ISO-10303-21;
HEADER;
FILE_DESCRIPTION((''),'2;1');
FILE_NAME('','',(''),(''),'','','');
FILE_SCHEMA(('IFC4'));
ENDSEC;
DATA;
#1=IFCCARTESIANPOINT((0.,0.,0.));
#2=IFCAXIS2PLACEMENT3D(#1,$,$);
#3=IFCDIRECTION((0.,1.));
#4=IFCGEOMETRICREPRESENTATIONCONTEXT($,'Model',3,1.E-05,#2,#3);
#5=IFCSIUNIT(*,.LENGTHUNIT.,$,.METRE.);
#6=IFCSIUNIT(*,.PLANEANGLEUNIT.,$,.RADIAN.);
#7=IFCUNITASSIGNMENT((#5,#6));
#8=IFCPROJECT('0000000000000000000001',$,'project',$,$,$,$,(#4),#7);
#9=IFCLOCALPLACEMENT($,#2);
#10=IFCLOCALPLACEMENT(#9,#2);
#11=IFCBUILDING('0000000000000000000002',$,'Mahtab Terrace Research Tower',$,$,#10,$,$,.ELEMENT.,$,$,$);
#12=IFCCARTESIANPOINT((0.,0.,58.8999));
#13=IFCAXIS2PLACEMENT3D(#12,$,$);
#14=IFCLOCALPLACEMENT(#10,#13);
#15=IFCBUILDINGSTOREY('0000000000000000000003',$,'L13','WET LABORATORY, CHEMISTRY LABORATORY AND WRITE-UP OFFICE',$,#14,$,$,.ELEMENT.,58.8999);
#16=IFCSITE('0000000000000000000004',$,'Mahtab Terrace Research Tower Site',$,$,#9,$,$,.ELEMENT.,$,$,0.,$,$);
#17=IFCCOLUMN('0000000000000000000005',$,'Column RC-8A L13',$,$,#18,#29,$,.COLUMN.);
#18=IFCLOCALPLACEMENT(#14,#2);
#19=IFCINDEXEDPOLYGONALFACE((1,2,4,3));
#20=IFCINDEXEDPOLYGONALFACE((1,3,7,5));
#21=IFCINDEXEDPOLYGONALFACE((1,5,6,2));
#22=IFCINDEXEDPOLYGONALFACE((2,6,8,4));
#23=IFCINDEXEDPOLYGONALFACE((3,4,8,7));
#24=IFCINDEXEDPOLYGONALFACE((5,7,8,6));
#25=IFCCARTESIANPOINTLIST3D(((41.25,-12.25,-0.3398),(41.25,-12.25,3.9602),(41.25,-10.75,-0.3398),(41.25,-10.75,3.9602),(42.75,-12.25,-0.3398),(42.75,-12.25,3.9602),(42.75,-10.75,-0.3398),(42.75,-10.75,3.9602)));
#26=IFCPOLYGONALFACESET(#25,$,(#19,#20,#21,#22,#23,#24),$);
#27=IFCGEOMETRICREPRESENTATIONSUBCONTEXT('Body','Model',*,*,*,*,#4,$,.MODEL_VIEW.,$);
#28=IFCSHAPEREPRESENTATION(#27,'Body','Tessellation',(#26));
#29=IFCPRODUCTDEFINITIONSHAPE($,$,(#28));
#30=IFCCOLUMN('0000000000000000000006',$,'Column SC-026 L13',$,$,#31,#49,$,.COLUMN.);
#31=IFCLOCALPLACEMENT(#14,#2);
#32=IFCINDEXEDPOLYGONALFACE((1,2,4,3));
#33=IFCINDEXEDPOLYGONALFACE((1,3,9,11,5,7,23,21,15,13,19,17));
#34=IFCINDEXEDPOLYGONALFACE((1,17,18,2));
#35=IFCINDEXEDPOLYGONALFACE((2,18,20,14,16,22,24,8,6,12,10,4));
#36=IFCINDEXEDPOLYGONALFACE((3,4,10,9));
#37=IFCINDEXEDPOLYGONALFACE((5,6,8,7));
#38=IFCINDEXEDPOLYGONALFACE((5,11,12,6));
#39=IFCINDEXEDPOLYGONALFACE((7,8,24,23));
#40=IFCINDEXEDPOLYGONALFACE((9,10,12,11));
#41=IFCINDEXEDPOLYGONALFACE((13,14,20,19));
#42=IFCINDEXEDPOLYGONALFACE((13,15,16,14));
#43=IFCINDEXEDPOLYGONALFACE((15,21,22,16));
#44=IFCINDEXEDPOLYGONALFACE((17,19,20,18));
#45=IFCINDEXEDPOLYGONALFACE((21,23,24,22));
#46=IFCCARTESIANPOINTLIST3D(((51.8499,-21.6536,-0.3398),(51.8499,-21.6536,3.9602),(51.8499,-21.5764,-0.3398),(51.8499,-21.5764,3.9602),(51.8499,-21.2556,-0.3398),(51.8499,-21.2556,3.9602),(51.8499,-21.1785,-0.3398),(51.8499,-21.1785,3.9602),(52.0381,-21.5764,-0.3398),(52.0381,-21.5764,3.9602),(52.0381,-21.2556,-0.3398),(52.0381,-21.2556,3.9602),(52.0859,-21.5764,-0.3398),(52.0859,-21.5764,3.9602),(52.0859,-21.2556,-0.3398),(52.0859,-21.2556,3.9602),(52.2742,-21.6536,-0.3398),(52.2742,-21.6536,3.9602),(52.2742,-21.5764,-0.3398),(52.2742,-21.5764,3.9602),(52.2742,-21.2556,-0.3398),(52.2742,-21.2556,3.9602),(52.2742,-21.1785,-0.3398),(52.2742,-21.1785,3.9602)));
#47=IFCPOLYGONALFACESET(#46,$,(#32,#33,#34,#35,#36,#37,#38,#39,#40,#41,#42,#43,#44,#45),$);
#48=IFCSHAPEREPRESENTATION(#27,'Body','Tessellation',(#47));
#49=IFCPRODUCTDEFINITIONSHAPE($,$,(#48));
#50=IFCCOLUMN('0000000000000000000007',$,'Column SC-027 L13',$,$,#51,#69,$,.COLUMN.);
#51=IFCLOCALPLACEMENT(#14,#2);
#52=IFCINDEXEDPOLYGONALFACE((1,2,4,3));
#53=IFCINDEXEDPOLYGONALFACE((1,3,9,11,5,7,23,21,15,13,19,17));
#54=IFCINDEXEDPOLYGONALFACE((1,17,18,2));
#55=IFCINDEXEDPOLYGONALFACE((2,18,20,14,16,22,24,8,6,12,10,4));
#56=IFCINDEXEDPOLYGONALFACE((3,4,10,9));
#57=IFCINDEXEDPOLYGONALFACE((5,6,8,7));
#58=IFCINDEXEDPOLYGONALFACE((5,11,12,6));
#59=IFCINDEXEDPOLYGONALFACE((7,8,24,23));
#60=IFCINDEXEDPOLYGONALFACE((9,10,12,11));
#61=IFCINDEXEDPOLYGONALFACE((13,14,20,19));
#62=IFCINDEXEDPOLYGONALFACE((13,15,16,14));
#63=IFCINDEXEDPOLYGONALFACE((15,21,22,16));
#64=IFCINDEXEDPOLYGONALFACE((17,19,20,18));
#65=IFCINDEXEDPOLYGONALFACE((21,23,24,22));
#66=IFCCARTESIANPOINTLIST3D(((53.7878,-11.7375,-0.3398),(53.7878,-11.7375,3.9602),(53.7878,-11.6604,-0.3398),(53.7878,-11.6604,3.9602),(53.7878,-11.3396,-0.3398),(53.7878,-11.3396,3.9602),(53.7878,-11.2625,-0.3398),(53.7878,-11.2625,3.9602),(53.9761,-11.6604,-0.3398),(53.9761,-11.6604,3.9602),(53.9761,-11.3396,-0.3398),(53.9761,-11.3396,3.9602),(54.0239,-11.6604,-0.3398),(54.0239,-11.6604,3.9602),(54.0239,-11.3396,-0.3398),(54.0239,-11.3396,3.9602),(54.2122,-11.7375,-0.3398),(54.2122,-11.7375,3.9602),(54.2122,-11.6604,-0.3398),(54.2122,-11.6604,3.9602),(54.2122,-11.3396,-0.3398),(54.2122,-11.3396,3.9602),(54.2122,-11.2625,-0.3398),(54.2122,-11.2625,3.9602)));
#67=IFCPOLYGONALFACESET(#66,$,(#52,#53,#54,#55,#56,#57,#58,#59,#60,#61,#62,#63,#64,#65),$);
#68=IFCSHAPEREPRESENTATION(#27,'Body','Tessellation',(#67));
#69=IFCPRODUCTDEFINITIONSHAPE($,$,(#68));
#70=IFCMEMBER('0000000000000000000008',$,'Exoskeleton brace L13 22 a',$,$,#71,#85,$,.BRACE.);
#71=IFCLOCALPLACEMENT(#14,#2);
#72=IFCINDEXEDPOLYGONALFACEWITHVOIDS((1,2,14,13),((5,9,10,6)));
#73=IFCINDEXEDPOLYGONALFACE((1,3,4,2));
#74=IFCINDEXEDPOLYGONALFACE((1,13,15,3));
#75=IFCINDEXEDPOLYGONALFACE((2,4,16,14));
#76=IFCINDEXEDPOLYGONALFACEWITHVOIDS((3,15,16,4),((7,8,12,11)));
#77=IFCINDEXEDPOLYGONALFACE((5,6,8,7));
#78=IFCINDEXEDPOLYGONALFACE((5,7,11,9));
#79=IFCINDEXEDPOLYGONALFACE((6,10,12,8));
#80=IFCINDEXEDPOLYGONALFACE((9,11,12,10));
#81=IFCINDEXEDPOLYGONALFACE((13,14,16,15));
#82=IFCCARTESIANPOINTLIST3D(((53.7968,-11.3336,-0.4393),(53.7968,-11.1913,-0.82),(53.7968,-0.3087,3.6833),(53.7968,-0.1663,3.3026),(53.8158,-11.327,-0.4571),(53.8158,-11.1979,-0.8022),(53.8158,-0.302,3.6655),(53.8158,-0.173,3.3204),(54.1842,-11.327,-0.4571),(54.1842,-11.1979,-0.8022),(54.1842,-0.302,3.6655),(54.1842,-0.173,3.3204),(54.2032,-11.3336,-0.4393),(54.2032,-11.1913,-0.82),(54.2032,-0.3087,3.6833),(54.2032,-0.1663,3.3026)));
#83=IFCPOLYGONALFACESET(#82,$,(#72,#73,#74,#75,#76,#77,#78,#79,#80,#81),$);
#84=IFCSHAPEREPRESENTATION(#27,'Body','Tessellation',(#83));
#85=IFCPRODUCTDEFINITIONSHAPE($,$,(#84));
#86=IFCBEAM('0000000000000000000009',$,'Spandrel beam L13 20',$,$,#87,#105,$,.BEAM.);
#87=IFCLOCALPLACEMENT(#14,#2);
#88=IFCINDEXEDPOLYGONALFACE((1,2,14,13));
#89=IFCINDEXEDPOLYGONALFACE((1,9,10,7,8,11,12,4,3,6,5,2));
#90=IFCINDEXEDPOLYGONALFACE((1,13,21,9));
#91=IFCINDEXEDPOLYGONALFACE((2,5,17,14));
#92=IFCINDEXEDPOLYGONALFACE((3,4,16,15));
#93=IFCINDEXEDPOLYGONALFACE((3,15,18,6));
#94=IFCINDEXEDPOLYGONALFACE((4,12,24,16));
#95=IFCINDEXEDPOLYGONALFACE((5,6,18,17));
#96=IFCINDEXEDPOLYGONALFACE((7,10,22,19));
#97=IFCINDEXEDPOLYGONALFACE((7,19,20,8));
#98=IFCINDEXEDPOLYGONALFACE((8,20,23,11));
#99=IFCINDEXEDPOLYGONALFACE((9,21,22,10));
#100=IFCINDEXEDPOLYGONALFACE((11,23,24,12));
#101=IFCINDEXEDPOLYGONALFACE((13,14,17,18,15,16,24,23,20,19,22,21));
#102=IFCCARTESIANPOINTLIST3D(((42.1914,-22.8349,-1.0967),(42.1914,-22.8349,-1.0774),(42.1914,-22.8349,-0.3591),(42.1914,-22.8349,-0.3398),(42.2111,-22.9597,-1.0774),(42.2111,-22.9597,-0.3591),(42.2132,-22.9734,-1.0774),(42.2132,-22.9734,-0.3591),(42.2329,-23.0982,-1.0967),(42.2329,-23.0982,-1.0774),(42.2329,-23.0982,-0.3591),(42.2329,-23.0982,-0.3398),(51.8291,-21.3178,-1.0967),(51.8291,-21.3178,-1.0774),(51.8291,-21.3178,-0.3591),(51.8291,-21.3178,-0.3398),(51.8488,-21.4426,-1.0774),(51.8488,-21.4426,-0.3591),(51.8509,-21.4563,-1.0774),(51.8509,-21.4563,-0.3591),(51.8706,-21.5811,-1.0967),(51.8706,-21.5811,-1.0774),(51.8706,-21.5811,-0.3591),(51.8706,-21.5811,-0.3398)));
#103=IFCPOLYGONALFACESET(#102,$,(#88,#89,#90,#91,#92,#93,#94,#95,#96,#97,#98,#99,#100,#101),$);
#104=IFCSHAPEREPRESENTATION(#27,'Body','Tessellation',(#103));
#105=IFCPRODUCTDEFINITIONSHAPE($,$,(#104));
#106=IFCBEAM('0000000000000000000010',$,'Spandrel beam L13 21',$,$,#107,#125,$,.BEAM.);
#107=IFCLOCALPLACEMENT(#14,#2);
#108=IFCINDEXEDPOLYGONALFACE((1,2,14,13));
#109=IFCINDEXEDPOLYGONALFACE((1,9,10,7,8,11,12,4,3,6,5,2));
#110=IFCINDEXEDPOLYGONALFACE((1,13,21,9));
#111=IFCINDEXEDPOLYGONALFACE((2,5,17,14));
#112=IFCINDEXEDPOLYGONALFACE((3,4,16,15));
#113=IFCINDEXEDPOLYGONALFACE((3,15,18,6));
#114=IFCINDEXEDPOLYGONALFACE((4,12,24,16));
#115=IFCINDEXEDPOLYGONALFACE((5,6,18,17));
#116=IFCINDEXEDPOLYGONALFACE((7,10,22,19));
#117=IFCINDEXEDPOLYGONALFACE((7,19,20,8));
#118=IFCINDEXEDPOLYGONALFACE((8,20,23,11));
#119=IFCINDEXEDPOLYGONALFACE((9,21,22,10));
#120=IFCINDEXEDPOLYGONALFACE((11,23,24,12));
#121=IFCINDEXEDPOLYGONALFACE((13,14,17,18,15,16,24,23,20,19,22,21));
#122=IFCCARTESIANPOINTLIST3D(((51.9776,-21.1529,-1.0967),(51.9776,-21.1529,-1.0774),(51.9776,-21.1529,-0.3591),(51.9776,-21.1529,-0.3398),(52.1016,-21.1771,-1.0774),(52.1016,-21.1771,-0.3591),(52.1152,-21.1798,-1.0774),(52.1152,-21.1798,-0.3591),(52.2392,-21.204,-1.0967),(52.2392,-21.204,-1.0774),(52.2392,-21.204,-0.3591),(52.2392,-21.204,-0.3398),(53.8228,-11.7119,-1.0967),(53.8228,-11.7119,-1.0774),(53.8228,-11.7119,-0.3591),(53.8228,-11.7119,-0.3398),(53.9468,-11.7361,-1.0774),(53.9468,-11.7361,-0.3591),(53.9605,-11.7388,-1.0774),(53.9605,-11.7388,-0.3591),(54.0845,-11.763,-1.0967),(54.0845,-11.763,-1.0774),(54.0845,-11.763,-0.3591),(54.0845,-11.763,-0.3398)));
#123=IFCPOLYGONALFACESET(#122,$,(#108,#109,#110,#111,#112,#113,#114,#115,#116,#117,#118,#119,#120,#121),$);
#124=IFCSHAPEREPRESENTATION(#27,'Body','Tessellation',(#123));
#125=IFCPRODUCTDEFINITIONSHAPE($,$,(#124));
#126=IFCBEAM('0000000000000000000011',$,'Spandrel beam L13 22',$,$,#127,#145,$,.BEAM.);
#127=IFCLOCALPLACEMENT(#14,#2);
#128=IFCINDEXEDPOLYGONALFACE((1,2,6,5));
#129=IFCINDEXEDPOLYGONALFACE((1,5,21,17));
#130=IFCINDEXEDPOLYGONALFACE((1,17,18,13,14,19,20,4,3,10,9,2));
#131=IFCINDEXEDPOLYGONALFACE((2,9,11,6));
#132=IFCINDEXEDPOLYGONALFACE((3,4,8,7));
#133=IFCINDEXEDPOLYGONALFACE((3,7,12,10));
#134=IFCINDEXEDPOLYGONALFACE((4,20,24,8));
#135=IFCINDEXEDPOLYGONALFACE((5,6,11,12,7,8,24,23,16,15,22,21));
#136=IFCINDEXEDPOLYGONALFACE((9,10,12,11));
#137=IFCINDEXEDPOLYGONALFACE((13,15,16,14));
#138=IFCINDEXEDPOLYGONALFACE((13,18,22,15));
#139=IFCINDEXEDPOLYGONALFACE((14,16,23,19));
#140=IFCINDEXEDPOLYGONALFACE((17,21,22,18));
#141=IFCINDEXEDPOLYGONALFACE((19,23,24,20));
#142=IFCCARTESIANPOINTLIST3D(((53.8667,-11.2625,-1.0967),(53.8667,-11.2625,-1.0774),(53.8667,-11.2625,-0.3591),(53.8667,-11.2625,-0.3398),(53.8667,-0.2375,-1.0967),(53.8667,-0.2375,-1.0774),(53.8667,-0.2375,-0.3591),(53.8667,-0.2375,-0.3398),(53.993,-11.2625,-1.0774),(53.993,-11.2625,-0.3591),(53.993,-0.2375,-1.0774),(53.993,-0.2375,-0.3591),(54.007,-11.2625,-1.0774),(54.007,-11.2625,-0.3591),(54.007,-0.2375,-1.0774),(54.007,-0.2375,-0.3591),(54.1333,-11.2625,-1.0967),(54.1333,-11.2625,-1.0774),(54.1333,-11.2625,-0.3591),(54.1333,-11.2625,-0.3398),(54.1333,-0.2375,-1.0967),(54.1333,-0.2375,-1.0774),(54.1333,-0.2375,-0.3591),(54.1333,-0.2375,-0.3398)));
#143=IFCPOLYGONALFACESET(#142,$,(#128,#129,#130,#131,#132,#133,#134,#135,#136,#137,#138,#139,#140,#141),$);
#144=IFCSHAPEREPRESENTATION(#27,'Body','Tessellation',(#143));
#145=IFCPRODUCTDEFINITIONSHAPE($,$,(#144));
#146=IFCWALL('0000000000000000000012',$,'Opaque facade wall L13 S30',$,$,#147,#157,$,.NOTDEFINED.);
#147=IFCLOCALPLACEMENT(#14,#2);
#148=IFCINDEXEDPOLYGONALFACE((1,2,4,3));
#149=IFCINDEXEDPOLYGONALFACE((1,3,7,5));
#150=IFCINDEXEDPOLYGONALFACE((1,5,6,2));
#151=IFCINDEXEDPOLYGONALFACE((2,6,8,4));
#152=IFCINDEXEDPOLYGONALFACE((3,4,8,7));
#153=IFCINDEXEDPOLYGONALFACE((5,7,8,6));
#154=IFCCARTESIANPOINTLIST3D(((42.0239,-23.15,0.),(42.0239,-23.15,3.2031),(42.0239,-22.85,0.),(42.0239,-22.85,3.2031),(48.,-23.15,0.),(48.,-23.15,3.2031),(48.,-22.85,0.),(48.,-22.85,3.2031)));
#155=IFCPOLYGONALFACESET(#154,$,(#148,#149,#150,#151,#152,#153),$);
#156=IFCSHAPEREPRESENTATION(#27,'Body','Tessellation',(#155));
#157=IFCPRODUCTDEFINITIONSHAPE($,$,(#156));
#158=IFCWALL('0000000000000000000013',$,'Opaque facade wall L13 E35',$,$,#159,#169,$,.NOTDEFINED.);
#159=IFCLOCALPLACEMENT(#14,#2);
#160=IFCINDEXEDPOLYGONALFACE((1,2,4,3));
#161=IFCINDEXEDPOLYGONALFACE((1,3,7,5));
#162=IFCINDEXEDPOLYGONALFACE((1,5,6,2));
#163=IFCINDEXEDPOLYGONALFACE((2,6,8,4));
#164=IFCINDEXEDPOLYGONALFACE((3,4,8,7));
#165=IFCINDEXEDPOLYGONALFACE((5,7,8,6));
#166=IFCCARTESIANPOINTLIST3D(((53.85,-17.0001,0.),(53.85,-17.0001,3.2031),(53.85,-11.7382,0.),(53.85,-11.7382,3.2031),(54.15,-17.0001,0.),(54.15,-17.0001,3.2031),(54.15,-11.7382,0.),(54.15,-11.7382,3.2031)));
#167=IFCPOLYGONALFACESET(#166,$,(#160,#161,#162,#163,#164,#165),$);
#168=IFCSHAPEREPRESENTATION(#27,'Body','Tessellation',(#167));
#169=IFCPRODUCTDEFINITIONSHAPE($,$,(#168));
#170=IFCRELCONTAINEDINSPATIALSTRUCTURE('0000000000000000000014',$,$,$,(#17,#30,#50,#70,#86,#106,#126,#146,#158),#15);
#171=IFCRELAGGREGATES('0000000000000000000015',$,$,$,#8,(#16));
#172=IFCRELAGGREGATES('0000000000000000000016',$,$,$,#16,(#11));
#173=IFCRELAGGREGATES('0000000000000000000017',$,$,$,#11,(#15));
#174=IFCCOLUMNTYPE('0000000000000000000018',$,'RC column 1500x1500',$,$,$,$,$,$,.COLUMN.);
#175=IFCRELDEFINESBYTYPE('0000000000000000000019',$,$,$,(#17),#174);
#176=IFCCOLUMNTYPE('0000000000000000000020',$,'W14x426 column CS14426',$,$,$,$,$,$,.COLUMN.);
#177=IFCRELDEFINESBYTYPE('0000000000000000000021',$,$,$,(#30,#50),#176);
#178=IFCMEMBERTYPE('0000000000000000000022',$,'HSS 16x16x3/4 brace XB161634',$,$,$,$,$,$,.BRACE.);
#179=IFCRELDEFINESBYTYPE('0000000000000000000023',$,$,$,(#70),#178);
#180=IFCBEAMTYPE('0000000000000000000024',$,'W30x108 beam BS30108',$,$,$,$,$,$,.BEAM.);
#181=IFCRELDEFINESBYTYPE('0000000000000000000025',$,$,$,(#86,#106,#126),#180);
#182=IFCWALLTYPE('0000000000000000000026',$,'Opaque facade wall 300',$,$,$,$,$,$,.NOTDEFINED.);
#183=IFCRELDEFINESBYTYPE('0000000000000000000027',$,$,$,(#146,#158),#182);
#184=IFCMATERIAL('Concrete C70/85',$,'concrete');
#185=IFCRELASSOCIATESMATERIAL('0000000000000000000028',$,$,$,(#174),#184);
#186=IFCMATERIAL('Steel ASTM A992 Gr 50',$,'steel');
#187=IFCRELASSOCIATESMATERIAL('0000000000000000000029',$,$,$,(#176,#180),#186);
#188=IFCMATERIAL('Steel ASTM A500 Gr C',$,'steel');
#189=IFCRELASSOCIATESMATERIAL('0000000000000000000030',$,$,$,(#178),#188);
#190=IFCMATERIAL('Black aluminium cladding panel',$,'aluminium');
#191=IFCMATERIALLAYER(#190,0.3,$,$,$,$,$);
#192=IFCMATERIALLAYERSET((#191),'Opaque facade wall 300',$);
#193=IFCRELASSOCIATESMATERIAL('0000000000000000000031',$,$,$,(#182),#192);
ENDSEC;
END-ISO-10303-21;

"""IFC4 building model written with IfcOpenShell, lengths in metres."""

from ifc_helpers import new_model, si_unit, direction, frame, frame_2d, origin, origin_2d, place, context, subcontext, project, spatial, rectangle, hollow_rectangle, i_section, extrude, material, layer, layer_set, material_profile, profile_set, type_object, element, save


model = new_model("IFC4")

# Units and contexts
model_context = context("Model", 3, precision=1e-05, world=origin(), true_north=direction((0.0, 1.0)))
body_context = subcontext(model_context, "Body", "Model", "MODEL_VIEW")
ifc_project = project(units=[si_unit("LENGTHUNIT", "METRE"), si_unit("PLANEANGLEUNIT", "RADIAN")], contexts=[model_context])

# Site, building, storey
site_placement = place(None, origin())
site = spatial("IfcSite", under=ifc_project, at=site_placement, Name="Mahtab Terrace Research Tower Site", CompositionType="ELEMENT", RefElevation=0.0)
building_placement = place(site_placement, origin())
building = spatial("IfcBuilding", under=site, at=building_placement, Name="Mahtab Terrace Research Tower", CompositionType="ELEMENT")
storey_placement = place(building_placement, frame((0.0, 0.0, 58.8999)))
storey = spatial("IfcBuildingStorey", under=building, at=storey_placement, Name="L13", Description="WET LABORATORY, CHEMISTRY LABORATORY AND WRITE-UP OFFICE", CompositionType="ELEMENT", Elevation=58.8999)

# Columns
ifc_material_1 = material(Name="Concrete C70/85", Category="concrete")
ifc_material_profile_1 = material_profile(ifc_material_1, rectangle(XDim=1.5, YDim=1.5, at=origin_2d()), Name="RC column 1500x1500")
ifc_profile_set_1 = profile_set([ifc_material_profile_1], Name="Concrete C70/85")
column_type_1 = type_object("IfcColumnType", Name="RC column 1500x1500", PredefinedType="COLUMN", material=ifc_profile_set_1)
column_placement = place(storey_placement, frame((42.0, -11.5, -0.3398), z_axis=(0.0, 0.0, 1.0), x_axis=(1.0, 0.0, 0.0)))
element("IfcColumn", 1, at=column_placement, inside=storey, type_object=column_type_1, Name="Column RC-8A L13", PredefinedType="COLUMN", context=body_context, shape_type="SweptSolid", body=[
    extrude(rectangle(XDim=1.5, YDim=1.5, at=origin_2d()), origin(), (0.0, 0.0, 1.0), 4.3),
])
ifc_material_2 = material(Name="Steel ASTM A992 Gr 50", Category="steel")
ifc_material_profile_2 = material_profile(ifc_material_2, i_section(OverallWidth=0.4243, OverallDepth=0.4751, WebThickness=0.0479, FlangeThickness=0.0771, at=origin_2d()), Name="W14X426")
ifc_profile_set_2 = profile_set([ifc_material_profile_2], Name="Steel ASTM A992 Gr 50")
column_type_2 = type_object("IfcColumnType", Name="W14x426 column CS14426", PredefinedType="COLUMN", material=ifc_profile_set_2)
for number, where, z_axis, x_axis, name in (
    (2, (52.062, -21.416, -0.3398), (0.0, 0.0, 1.0), (1.0, 0.0, 0.0), "Column SC-026 L13"),
    (3, (54.0, -11.5, -0.3398), (0.0, 0.0, 1.0), (1.0, 0.0, 0.0), "Column SC-027 L13"),
):
    element("IfcColumn", number, at=place(storey_placement, frame(where, z_axis=z_axis, x_axis=x_axis)), inside=storey, type_object=column_type_2, Name=name, PredefinedType="COLUMN", context=body_context, shape_type="SweptSolid", body=[
        extrude(i_section(OverallWidth=0.4243, OverallDepth=0.4751, WebThickness=0.0479, FlangeThickness=0.0771, at=origin_2d()), origin(), (0.0, 0.0, 1.0), 4.3),
    ])

# Member
ifc_material_3 = material(Name="Steel ASTM A500 Gr C", Category="steel")
ifc_material_profile_3 = material_profile(ifc_material_3, hollow_rectangle(XDim=0.4065, YDim=0.4065, WallThickness=0.019, at=origin_2d()), Name="HSS16X16X3/4")
ifc_profile_set_3 = profile_set([ifc_material_profile_3], Name="Steel ASTM A500 Gr C")
member_type = type_object("IfcMemberType", Name="HSS 16x16x3/4 brace XB161634", PredefinedType="BRACE", material=ifc_profile_set_3)
member_placement = place(storey_placement, frame((54.0, -11.2625, -0.6296), z_axis=(0.0, 0.936658, 0.350246), x_axis=(-1.0, 0.0, 0.0)))
element("IfcMember", 4, at=member_placement, inside=storey, type_object=member_type, Name="Exoskeleton brace L13 22 a", PredefinedType="BRACE", context=body_context, shape_type="SweptSolid", body=[
    extrude(hollow_rectangle(XDim=0.4065, YDim=0.4065, WallThickness=0.019, at=origin_2d()), origin(), (0.0, 0.0, 1.0), 11.7705),
])

# Beams
ifc_material_profile_4 = material_profile(ifc_material_2, i_section(OverallWidth=0.2666, OverallDepth=0.7568, WebThickness=0.0139, FlangeThickness=0.0193, at=origin_2d()), Name="W30X108")
ifc_profile_set_4 = profile_set([ifc_material_profile_4], Name="Steel ASTM A992 Gr 50")
beam_type = type_object("IfcBeamType", Name="W30x108 beam BS30108", PredefinedType="BEAM", material=ifc_profile_set_4)
beam_1_placement = place(storey_placement, frame((42.2122, -22.9666, -0.7183), z_axis=(0.987836, 0.155497, 0.0), x_axis=(-0.155497, 0.987836, 0.0)))
element("IfcBeam", 5, at=beam_1_placement, inside=storey, type_object=beam_type, Name="Spandrel beam L13 20", PredefinedType="BEAM", context=body_context, shape_type="SweptSolid", body=[
    extrude(i_section(OverallWidth=0.2666, OverallDepth=0.7568, WebThickness=0.0139, FlangeThickness=0.0193, at=origin_2d()), origin(), (0.0, 0.0, 1.0), 9.7563),
])
beam_2_placement = place(storey_placement, frame((52.1084, -21.1785, -0.7183), z_axis=(0.191819, 0.98143, 0.0), x_axis=(-0.98143, 0.191819, 0.0)))
element("IfcBeam", 6, at=beam_2_placement, inside=storey, type_object=beam_type, Name="Spandrel beam L13 21", PredefinedType="BEAM", context=body_context, shape_type="SweptSolid", body=[
    extrude(i_section(OverallWidth=0.2666, OverallDepth=0.7568, WebThickness=0.0139, FlangeThickness=0.0193, at=origin_2d()), origin(), (0.0, 0.0, 1.0), 9.6196),
])
beam_3_placement = place(storey_placement, frame((54.0, -11.2625, -0.7183), z_axis=(0.0, 1.0, 0.0), x_axis=(-1.0, 0.0, 0.0)))
element("IfcBeam", 7, at=beam_3_placement, inside=storey, type_object=beam_type, Name="Spandrel beam L13 22", PredefinedType="BEAM", context=body_context, shape_type="SweptSolid", body=[
    extrude(i_section(OverallWidth=0.2666, OverallDepth=0.7568, WebThickness=0.0139, FlangeThickness=0.0193, at=origin_2d()), origin(), (0.0, 0.0, 1.0), 11.0249),
])

# Walls
ifc_material_4 = material(Name="Black aluminium cladding panel", Category="aluminium")
ifc_layer_1 = layer(ifc_material_4, 0.3)
ifc_layer_set_1 = layer_set([ifc_layer_1], Name="Opaque facade wall 300")
wall_type_1 = type_object("IfcWallType", Name="Opaque facade wall 300", PredefinedType="NOTDEFINED", material=ifc_layer_set_1)
wall_1_placement = place(storey_placement, frame((42.0239, -23.0, 0.0), z_axis=(0.0, 0.0, 1.0), x_axis=(1.0, 0.0, 0.0)))
element("IfcWall", 8, at=wall_1_placement, inside=storey, type_object=wall_type_1, Name="Opaque facade wall L13 S30", PredefinedType="NOTDEFINED", context=body_context, shape_type="SweptSolid", body=[
    extrude(rectangle(XDim=5.9761, YDim=0.3, at=frame_2d((2.988, 0.0))), origin(), (0.0, 0.0, 1.0), 3.2031),
])
wall_2_placement = place(storey_placement, frame((54.0, -17.0, 0.0), z_axis=(0.0, 0.0, 1.0), x_axis=(0.0, 1.0, 0.0)))
element("IfcWall", 9, at=wall_2_placement, inside=storey, type_object=wall_type_1, Name="Opaque facade wall L13 E35", PredefinedType="NOTDEFINED", context=body_context, shape_type="SweptSolid", body=[
    extrude(rectangle(XDim=5.262, YDim=0.3, at=frame_2d((2.6309, 0.0))), origin(), (0.0, 0.0, 1.0), 3.2031),
])

save(model, "model.ifc")
